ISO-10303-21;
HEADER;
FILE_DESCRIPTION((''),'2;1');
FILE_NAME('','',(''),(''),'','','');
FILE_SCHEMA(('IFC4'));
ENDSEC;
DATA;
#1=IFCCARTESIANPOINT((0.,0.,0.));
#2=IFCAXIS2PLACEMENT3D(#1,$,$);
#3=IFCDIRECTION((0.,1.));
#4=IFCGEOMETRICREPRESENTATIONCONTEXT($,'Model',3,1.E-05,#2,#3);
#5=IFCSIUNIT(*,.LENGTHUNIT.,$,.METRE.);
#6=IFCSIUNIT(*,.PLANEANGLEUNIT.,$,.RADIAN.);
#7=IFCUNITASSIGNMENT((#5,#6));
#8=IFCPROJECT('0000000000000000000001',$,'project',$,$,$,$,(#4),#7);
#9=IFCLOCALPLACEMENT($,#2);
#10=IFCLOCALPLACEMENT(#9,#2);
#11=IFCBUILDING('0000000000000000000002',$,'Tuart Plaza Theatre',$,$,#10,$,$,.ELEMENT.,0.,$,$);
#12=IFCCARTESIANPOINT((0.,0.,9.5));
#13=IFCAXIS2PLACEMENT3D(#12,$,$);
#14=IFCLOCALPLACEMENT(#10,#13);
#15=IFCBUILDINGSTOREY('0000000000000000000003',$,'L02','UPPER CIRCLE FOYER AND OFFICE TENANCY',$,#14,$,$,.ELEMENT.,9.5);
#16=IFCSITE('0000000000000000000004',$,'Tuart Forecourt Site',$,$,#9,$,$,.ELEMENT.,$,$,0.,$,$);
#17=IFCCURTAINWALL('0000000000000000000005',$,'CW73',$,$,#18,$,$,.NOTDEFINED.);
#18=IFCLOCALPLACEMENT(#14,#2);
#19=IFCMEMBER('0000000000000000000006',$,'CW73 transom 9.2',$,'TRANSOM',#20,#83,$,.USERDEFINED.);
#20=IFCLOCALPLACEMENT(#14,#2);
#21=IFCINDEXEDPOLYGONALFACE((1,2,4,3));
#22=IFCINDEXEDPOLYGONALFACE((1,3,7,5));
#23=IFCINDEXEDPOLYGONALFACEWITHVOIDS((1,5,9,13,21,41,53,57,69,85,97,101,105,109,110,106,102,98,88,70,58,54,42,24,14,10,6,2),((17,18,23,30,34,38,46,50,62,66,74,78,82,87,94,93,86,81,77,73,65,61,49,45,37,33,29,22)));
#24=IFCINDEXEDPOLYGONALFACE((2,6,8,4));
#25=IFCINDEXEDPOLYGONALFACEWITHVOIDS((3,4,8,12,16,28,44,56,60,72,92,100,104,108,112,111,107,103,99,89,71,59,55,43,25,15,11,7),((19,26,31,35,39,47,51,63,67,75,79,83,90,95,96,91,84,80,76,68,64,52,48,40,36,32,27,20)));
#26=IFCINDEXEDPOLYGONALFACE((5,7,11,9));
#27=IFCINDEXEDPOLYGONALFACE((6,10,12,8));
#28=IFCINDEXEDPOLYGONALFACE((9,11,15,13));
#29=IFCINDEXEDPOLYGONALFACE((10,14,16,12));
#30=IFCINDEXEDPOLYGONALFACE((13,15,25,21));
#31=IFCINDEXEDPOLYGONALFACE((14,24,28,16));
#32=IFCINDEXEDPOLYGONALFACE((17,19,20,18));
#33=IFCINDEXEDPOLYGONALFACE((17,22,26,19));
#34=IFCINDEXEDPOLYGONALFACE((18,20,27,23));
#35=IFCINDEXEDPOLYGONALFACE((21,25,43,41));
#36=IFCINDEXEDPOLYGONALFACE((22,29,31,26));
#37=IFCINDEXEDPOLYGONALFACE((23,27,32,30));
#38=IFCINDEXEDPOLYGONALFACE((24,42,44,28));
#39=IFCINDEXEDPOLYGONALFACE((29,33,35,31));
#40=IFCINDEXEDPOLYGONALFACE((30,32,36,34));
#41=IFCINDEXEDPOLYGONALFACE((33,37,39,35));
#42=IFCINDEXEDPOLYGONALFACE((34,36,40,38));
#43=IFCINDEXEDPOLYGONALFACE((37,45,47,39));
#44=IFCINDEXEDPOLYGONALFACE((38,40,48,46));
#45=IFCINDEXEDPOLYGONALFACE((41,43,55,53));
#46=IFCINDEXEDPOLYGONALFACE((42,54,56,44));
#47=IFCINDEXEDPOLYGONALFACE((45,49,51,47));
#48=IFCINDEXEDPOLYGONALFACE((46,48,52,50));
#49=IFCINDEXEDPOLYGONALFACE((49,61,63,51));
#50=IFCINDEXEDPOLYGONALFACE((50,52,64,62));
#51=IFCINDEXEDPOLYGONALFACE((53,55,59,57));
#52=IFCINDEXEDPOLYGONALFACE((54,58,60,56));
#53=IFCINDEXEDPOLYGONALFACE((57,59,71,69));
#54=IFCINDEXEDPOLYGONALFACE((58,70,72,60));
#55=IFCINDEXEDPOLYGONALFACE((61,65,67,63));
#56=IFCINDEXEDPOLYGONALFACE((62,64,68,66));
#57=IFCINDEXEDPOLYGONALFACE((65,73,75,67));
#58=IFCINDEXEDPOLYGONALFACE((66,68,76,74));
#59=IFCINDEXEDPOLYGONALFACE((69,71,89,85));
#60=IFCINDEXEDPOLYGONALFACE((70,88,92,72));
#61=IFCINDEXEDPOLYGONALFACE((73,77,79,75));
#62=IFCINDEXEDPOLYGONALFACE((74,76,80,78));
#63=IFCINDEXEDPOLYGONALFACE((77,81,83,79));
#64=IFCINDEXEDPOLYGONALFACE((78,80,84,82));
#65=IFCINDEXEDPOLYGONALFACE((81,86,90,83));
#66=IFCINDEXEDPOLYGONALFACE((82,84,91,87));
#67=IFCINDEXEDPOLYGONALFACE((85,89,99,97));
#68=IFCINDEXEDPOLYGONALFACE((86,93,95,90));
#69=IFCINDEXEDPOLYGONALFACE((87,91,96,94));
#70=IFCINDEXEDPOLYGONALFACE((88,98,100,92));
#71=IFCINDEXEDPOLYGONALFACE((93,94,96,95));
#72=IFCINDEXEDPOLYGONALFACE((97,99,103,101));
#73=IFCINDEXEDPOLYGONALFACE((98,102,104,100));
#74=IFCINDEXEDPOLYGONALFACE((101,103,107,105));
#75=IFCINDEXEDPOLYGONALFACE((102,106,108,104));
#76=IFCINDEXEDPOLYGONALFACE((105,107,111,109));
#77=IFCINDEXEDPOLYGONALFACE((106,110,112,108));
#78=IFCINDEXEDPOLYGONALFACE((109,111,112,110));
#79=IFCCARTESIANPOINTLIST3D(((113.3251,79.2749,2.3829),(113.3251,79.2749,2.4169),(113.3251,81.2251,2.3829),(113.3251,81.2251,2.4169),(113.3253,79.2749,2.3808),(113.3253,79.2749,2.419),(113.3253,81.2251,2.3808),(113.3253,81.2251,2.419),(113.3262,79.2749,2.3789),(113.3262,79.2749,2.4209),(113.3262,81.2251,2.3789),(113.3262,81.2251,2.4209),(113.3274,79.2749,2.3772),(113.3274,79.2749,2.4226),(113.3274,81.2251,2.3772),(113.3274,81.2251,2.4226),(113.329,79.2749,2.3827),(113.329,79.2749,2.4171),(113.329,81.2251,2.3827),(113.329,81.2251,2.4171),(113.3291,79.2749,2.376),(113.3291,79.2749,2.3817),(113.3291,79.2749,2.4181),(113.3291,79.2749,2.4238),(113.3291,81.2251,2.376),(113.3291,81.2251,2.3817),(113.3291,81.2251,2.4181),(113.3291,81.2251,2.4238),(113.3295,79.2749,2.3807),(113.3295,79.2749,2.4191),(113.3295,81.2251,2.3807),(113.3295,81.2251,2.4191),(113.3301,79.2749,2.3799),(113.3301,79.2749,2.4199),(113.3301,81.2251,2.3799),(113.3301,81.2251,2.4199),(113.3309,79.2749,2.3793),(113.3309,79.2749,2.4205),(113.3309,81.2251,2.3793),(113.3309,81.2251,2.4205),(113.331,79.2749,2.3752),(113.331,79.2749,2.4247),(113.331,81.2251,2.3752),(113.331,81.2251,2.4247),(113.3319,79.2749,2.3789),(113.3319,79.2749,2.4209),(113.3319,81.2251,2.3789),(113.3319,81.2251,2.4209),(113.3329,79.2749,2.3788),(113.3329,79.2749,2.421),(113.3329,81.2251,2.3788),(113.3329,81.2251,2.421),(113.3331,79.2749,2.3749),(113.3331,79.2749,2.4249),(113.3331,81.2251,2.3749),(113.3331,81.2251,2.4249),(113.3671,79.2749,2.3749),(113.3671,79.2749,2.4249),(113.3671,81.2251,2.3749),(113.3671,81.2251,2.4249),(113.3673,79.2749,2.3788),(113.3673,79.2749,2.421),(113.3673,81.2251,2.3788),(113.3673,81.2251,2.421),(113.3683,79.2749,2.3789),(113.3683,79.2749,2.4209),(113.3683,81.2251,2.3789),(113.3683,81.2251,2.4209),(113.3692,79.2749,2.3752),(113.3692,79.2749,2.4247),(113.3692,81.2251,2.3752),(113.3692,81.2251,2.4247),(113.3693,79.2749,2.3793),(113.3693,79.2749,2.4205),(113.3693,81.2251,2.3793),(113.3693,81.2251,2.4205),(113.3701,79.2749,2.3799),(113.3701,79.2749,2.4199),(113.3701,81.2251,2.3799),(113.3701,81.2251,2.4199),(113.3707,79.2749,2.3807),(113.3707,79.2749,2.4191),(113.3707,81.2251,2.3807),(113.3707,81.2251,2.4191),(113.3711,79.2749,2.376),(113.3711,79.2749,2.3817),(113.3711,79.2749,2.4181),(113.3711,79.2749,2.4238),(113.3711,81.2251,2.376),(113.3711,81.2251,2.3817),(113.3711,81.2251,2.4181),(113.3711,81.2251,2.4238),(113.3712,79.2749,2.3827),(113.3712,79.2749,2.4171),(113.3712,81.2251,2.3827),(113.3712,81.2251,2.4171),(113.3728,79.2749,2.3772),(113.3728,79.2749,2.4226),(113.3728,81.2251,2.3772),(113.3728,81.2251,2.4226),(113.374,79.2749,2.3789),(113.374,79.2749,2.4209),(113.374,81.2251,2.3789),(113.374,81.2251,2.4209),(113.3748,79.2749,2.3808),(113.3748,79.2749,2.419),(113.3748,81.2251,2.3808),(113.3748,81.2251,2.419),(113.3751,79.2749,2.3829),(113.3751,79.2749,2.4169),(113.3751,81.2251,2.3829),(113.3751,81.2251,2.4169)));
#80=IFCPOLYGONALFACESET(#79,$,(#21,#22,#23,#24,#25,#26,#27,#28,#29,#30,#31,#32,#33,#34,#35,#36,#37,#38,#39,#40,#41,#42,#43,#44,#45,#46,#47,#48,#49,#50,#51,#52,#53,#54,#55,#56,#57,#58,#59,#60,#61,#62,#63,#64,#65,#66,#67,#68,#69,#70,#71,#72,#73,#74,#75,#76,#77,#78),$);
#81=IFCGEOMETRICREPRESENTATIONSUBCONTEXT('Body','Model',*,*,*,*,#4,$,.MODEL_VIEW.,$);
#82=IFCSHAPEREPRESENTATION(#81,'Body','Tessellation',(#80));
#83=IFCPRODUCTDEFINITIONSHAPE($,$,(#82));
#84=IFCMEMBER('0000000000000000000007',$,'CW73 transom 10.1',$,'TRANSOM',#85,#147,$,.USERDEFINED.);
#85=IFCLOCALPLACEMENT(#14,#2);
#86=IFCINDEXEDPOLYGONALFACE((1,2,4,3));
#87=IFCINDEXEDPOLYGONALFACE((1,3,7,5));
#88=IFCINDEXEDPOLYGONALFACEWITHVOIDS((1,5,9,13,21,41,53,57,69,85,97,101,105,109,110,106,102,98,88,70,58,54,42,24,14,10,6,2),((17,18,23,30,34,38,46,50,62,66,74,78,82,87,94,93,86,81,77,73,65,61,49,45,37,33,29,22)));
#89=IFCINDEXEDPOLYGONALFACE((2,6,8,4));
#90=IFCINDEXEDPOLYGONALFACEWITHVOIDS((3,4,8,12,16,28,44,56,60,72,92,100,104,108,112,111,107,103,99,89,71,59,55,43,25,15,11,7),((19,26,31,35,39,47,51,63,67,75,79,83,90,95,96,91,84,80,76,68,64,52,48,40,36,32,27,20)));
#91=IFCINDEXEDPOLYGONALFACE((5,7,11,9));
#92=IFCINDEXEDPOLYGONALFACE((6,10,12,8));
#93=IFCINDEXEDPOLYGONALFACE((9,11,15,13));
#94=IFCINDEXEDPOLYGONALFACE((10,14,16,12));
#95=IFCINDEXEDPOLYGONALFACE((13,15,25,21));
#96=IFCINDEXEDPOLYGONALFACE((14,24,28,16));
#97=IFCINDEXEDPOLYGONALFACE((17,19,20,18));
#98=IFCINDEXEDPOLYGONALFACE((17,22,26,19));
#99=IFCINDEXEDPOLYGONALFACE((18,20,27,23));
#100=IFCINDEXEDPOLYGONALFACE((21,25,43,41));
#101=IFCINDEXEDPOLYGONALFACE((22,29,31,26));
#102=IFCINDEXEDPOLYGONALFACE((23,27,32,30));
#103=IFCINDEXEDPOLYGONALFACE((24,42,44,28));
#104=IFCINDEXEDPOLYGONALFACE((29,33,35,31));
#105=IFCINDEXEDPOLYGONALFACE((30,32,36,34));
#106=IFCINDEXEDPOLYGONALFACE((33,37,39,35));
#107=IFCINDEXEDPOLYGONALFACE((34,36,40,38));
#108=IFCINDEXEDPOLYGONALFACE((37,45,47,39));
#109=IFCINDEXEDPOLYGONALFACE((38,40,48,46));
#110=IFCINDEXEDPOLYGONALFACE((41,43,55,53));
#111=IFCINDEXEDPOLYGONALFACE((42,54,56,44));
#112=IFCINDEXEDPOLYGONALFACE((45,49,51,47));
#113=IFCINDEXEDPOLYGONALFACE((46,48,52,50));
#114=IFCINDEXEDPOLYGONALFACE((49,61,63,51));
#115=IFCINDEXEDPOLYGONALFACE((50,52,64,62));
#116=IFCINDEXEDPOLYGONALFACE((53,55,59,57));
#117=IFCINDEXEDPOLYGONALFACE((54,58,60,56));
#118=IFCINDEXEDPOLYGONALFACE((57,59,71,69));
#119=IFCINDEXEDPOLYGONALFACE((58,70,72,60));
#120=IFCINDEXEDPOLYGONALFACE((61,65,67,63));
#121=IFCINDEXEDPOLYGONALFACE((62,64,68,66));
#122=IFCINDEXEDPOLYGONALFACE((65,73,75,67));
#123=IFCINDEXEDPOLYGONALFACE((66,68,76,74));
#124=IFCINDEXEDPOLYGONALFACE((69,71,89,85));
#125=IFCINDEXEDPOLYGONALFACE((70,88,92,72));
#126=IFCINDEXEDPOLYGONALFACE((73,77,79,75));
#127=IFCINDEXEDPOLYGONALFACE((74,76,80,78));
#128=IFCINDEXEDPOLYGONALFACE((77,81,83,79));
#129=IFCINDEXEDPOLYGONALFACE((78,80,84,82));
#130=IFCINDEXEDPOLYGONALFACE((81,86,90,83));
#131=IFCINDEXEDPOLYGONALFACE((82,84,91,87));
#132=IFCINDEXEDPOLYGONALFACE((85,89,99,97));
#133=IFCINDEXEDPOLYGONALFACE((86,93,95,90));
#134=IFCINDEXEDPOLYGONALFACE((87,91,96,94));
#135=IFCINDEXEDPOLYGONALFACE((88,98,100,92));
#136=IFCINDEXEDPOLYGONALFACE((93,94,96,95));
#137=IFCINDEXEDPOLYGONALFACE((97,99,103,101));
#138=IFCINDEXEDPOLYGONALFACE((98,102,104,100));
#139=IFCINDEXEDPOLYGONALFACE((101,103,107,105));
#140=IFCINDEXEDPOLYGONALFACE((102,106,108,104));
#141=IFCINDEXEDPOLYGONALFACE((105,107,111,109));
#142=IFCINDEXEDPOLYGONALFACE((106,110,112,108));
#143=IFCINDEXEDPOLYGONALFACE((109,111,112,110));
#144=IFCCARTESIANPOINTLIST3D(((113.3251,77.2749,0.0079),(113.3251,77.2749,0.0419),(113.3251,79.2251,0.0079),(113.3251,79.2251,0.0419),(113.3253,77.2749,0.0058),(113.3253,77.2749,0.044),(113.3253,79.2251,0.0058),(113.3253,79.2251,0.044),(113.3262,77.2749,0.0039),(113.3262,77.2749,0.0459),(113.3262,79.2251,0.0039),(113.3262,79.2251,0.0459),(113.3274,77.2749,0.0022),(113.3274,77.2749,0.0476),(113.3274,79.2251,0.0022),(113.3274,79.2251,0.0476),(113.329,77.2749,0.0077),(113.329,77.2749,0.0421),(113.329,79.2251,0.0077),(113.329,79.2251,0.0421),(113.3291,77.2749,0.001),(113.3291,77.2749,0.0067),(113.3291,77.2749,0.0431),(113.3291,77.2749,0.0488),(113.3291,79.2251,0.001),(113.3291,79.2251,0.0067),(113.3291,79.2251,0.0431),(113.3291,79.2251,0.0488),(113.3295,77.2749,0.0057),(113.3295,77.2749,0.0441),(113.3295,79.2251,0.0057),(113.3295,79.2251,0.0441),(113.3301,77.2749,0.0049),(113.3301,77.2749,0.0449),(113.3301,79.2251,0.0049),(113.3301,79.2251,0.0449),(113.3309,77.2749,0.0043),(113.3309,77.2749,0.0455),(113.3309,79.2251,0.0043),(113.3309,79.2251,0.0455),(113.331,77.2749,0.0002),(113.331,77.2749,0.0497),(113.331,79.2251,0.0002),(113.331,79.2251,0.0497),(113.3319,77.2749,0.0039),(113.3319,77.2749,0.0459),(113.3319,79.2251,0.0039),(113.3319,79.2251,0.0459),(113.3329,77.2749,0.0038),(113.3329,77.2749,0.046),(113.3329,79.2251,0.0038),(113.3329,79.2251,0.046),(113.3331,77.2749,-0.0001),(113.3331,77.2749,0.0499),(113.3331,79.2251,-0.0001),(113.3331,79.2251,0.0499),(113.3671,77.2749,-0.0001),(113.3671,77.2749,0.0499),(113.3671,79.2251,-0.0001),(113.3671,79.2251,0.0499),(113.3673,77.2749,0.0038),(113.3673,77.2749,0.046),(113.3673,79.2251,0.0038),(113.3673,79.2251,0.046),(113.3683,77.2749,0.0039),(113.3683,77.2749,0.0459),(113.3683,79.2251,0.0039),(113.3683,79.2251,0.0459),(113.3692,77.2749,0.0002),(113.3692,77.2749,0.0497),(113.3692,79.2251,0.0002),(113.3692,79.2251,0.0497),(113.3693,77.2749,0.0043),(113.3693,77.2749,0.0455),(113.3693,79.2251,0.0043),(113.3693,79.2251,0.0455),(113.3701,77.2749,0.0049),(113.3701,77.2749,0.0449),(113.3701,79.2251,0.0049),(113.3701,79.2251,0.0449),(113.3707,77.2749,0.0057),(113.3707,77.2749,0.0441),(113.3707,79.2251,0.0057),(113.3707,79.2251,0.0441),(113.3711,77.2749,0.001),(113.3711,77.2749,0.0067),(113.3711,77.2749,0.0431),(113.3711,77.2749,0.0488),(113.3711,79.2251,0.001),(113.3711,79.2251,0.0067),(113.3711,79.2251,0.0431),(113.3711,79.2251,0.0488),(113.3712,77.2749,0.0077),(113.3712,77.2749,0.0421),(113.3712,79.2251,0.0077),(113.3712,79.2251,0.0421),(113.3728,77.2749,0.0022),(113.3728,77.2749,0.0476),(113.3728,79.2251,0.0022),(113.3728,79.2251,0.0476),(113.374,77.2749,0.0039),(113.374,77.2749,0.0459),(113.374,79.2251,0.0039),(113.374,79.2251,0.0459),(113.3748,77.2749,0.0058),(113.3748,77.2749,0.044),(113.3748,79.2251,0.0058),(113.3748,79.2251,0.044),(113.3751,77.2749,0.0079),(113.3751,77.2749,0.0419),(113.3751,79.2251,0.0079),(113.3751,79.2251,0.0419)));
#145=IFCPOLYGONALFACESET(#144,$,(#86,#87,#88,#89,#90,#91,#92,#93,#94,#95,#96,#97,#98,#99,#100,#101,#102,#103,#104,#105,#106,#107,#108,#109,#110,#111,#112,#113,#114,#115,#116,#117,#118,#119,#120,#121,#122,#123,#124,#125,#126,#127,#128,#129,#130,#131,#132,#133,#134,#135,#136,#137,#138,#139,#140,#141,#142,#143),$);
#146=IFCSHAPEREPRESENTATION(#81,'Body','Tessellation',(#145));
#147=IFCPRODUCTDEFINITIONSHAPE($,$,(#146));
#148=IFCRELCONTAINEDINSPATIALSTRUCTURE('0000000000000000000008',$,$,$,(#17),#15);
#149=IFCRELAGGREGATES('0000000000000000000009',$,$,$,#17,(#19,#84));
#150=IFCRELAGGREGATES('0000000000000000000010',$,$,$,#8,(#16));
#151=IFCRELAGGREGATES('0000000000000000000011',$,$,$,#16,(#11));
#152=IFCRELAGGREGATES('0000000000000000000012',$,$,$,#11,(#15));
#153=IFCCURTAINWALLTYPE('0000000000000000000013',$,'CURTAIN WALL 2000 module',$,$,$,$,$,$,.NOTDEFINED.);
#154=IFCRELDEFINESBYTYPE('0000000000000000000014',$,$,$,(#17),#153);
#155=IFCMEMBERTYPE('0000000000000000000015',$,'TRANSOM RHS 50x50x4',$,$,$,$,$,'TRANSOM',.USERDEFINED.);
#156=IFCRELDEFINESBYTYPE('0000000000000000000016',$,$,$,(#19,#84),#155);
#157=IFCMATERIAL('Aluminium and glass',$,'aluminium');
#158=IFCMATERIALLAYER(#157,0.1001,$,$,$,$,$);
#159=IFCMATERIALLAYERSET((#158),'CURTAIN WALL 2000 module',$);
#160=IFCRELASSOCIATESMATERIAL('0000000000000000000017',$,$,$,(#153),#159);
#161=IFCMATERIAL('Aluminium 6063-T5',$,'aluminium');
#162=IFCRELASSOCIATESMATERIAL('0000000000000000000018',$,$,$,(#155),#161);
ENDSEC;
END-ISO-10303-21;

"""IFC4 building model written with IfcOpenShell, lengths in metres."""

from ifc_helpers import new_model, si_unit, direction, frame, origin, origin_2d, place, context, subcontext, project, spatial, hollow_rectangle, extrude, material, layer, layer_set, material_profile, profile_set, type_object, element, aggregate, save


model = new_model("IFC4")

# Units and contexts
model_context = context("Model", 3, precision=1e-05, world=origin(), true_north=direction((0.0, 1.0)))
body_context = subcontext(model_context, "Body", "Model", "MODEL_VIEW")
ifc_project = project(units=[si_unit("LENGTHUNIT", "METRE"), si_unit("PLANEANGLEUNIT", "RADIAN")], contexts=[model_context])

# Site, building, storey
site_placement = place(None, origin())
site = spatial("IfcSite", under=ifc_project, at=site_placement, Name="Tuart Forecourt Site", CompositionType="ELEMENT", RefElevation=0.0)
building_placement = place(site_placement, origin())
building = spatial("IfcBuilding", under=site, at=building_placement, Name="Tuart Plaza Theatre", CompositionType="ELEMENT", ElevationOfRefHeight=0.0)
storey_placement = place(building_placement, frame((0.0, 0.0, 9.5)))
storey = spatial("IfcBuildingStorey", under=building, at=storey_placement, Name="L02", Description="UPPER CIRCLE FOYER AND OFFICE TENANCY", CompositionType="ELEMENT", Elevation=9.5)

# Curtain wall, members
ifc_material_1 = material(Name="Aluminium and glass", Category="aluminium")
ifc_layer_1 = layer(ifc_material_1, 0.1001)
ifc_layer_set_1 = layer_set([ifc_layer_1], Name="CURTAIN WALL 2000 module")
curtain_wall_type = type_object("IfcCurtainWallType", Name="CURTAIN WALL 2000 module", PredefinedType="NOTDEFINED", material=ifc_layer_set_1)
curtain_wall_placement = place(storey_placement, origin())
curtain_wall = element("IfcCurtainWall", 1, at=curtain_wall_placement, inside=storey, type_object=curtain_wall_type, Name="CW73", PredefinedType="NOTDEFINED")
ifc_material_2 = material(Name="Aluminium 6063-T5", Category="aluminium")
ifc_material_profile_1 = material_profile(ifc_material_2, hollow_rectangle(XDim=0.05, YDim=0.05, WallThickness=0.0039, InnerFilletRadius=0.0039, OuterFilletRadius=0.0081, at=origin_2d()), Name="RHS 50x50x4")
ifc_profile_set_1 = profile_set([ifc_material_profile_1], Name="Aluminium 6063-T5")
member_type_1 = type_object("IfcMemberType", Name="TRANSOM RHS 50x50x4", ElementType="TRANSOM", PredefinedType="USERDEFINED", material=ifc_profile_set_1)
member_1_placement = place(storey_placement, frame((113.3501, 81.2251, 2.3999), z_axis=(0.0, -1.0, 0.0), x_axis=(1.0, 0.0, 0.0)))
member_1 = element("IfcMember", 2, at=member_1_placement, type_object=member_type_1, Name="CW73 transom 9.2", ObjectType="TRANSOM", PredefinedType="USERDEFINED", context=body_context, shape_type="SweptSolid", body=[
    extrude(hollow_rectangle(XDim=0.05, YDim=0.05, WallThickness=0.0039, InnerFilletRadius=0.0039, OuterFilletRadius=0.0081, at=origin_2d()), origin(), (0.0, 0.0, 1.0), 1.9502),
])
member_2_placement = place(storey_placement, frame((113.3501, 79.2251, 0.0249), z_axis=(0.0, -1.0, 0.0), x_axis=(1.0, 0.0, 0.0)))
member_2 = element("IfcMember", 3, at=member_2_placement, type_object=member_type_1, Name="CW73 transom 10.1", ObjectType="TRANSOM", PredefinedType="USERDEFINED", context=body_context, shape_type="SweptSolid", body=[
    extrude(hollow_rectangle(XDim=0.05, YDim=0.05, WallThickness=0.0039, InnerFilletRadius=0.0039, OuterFilletRadius=0.0081, at=origin_2d()), origin(), (0.0, 0.0, 1.0), 1.9502),
])
aggregate(curtain_wall, [member_1, member_2])

save(model, "model.ifc")
